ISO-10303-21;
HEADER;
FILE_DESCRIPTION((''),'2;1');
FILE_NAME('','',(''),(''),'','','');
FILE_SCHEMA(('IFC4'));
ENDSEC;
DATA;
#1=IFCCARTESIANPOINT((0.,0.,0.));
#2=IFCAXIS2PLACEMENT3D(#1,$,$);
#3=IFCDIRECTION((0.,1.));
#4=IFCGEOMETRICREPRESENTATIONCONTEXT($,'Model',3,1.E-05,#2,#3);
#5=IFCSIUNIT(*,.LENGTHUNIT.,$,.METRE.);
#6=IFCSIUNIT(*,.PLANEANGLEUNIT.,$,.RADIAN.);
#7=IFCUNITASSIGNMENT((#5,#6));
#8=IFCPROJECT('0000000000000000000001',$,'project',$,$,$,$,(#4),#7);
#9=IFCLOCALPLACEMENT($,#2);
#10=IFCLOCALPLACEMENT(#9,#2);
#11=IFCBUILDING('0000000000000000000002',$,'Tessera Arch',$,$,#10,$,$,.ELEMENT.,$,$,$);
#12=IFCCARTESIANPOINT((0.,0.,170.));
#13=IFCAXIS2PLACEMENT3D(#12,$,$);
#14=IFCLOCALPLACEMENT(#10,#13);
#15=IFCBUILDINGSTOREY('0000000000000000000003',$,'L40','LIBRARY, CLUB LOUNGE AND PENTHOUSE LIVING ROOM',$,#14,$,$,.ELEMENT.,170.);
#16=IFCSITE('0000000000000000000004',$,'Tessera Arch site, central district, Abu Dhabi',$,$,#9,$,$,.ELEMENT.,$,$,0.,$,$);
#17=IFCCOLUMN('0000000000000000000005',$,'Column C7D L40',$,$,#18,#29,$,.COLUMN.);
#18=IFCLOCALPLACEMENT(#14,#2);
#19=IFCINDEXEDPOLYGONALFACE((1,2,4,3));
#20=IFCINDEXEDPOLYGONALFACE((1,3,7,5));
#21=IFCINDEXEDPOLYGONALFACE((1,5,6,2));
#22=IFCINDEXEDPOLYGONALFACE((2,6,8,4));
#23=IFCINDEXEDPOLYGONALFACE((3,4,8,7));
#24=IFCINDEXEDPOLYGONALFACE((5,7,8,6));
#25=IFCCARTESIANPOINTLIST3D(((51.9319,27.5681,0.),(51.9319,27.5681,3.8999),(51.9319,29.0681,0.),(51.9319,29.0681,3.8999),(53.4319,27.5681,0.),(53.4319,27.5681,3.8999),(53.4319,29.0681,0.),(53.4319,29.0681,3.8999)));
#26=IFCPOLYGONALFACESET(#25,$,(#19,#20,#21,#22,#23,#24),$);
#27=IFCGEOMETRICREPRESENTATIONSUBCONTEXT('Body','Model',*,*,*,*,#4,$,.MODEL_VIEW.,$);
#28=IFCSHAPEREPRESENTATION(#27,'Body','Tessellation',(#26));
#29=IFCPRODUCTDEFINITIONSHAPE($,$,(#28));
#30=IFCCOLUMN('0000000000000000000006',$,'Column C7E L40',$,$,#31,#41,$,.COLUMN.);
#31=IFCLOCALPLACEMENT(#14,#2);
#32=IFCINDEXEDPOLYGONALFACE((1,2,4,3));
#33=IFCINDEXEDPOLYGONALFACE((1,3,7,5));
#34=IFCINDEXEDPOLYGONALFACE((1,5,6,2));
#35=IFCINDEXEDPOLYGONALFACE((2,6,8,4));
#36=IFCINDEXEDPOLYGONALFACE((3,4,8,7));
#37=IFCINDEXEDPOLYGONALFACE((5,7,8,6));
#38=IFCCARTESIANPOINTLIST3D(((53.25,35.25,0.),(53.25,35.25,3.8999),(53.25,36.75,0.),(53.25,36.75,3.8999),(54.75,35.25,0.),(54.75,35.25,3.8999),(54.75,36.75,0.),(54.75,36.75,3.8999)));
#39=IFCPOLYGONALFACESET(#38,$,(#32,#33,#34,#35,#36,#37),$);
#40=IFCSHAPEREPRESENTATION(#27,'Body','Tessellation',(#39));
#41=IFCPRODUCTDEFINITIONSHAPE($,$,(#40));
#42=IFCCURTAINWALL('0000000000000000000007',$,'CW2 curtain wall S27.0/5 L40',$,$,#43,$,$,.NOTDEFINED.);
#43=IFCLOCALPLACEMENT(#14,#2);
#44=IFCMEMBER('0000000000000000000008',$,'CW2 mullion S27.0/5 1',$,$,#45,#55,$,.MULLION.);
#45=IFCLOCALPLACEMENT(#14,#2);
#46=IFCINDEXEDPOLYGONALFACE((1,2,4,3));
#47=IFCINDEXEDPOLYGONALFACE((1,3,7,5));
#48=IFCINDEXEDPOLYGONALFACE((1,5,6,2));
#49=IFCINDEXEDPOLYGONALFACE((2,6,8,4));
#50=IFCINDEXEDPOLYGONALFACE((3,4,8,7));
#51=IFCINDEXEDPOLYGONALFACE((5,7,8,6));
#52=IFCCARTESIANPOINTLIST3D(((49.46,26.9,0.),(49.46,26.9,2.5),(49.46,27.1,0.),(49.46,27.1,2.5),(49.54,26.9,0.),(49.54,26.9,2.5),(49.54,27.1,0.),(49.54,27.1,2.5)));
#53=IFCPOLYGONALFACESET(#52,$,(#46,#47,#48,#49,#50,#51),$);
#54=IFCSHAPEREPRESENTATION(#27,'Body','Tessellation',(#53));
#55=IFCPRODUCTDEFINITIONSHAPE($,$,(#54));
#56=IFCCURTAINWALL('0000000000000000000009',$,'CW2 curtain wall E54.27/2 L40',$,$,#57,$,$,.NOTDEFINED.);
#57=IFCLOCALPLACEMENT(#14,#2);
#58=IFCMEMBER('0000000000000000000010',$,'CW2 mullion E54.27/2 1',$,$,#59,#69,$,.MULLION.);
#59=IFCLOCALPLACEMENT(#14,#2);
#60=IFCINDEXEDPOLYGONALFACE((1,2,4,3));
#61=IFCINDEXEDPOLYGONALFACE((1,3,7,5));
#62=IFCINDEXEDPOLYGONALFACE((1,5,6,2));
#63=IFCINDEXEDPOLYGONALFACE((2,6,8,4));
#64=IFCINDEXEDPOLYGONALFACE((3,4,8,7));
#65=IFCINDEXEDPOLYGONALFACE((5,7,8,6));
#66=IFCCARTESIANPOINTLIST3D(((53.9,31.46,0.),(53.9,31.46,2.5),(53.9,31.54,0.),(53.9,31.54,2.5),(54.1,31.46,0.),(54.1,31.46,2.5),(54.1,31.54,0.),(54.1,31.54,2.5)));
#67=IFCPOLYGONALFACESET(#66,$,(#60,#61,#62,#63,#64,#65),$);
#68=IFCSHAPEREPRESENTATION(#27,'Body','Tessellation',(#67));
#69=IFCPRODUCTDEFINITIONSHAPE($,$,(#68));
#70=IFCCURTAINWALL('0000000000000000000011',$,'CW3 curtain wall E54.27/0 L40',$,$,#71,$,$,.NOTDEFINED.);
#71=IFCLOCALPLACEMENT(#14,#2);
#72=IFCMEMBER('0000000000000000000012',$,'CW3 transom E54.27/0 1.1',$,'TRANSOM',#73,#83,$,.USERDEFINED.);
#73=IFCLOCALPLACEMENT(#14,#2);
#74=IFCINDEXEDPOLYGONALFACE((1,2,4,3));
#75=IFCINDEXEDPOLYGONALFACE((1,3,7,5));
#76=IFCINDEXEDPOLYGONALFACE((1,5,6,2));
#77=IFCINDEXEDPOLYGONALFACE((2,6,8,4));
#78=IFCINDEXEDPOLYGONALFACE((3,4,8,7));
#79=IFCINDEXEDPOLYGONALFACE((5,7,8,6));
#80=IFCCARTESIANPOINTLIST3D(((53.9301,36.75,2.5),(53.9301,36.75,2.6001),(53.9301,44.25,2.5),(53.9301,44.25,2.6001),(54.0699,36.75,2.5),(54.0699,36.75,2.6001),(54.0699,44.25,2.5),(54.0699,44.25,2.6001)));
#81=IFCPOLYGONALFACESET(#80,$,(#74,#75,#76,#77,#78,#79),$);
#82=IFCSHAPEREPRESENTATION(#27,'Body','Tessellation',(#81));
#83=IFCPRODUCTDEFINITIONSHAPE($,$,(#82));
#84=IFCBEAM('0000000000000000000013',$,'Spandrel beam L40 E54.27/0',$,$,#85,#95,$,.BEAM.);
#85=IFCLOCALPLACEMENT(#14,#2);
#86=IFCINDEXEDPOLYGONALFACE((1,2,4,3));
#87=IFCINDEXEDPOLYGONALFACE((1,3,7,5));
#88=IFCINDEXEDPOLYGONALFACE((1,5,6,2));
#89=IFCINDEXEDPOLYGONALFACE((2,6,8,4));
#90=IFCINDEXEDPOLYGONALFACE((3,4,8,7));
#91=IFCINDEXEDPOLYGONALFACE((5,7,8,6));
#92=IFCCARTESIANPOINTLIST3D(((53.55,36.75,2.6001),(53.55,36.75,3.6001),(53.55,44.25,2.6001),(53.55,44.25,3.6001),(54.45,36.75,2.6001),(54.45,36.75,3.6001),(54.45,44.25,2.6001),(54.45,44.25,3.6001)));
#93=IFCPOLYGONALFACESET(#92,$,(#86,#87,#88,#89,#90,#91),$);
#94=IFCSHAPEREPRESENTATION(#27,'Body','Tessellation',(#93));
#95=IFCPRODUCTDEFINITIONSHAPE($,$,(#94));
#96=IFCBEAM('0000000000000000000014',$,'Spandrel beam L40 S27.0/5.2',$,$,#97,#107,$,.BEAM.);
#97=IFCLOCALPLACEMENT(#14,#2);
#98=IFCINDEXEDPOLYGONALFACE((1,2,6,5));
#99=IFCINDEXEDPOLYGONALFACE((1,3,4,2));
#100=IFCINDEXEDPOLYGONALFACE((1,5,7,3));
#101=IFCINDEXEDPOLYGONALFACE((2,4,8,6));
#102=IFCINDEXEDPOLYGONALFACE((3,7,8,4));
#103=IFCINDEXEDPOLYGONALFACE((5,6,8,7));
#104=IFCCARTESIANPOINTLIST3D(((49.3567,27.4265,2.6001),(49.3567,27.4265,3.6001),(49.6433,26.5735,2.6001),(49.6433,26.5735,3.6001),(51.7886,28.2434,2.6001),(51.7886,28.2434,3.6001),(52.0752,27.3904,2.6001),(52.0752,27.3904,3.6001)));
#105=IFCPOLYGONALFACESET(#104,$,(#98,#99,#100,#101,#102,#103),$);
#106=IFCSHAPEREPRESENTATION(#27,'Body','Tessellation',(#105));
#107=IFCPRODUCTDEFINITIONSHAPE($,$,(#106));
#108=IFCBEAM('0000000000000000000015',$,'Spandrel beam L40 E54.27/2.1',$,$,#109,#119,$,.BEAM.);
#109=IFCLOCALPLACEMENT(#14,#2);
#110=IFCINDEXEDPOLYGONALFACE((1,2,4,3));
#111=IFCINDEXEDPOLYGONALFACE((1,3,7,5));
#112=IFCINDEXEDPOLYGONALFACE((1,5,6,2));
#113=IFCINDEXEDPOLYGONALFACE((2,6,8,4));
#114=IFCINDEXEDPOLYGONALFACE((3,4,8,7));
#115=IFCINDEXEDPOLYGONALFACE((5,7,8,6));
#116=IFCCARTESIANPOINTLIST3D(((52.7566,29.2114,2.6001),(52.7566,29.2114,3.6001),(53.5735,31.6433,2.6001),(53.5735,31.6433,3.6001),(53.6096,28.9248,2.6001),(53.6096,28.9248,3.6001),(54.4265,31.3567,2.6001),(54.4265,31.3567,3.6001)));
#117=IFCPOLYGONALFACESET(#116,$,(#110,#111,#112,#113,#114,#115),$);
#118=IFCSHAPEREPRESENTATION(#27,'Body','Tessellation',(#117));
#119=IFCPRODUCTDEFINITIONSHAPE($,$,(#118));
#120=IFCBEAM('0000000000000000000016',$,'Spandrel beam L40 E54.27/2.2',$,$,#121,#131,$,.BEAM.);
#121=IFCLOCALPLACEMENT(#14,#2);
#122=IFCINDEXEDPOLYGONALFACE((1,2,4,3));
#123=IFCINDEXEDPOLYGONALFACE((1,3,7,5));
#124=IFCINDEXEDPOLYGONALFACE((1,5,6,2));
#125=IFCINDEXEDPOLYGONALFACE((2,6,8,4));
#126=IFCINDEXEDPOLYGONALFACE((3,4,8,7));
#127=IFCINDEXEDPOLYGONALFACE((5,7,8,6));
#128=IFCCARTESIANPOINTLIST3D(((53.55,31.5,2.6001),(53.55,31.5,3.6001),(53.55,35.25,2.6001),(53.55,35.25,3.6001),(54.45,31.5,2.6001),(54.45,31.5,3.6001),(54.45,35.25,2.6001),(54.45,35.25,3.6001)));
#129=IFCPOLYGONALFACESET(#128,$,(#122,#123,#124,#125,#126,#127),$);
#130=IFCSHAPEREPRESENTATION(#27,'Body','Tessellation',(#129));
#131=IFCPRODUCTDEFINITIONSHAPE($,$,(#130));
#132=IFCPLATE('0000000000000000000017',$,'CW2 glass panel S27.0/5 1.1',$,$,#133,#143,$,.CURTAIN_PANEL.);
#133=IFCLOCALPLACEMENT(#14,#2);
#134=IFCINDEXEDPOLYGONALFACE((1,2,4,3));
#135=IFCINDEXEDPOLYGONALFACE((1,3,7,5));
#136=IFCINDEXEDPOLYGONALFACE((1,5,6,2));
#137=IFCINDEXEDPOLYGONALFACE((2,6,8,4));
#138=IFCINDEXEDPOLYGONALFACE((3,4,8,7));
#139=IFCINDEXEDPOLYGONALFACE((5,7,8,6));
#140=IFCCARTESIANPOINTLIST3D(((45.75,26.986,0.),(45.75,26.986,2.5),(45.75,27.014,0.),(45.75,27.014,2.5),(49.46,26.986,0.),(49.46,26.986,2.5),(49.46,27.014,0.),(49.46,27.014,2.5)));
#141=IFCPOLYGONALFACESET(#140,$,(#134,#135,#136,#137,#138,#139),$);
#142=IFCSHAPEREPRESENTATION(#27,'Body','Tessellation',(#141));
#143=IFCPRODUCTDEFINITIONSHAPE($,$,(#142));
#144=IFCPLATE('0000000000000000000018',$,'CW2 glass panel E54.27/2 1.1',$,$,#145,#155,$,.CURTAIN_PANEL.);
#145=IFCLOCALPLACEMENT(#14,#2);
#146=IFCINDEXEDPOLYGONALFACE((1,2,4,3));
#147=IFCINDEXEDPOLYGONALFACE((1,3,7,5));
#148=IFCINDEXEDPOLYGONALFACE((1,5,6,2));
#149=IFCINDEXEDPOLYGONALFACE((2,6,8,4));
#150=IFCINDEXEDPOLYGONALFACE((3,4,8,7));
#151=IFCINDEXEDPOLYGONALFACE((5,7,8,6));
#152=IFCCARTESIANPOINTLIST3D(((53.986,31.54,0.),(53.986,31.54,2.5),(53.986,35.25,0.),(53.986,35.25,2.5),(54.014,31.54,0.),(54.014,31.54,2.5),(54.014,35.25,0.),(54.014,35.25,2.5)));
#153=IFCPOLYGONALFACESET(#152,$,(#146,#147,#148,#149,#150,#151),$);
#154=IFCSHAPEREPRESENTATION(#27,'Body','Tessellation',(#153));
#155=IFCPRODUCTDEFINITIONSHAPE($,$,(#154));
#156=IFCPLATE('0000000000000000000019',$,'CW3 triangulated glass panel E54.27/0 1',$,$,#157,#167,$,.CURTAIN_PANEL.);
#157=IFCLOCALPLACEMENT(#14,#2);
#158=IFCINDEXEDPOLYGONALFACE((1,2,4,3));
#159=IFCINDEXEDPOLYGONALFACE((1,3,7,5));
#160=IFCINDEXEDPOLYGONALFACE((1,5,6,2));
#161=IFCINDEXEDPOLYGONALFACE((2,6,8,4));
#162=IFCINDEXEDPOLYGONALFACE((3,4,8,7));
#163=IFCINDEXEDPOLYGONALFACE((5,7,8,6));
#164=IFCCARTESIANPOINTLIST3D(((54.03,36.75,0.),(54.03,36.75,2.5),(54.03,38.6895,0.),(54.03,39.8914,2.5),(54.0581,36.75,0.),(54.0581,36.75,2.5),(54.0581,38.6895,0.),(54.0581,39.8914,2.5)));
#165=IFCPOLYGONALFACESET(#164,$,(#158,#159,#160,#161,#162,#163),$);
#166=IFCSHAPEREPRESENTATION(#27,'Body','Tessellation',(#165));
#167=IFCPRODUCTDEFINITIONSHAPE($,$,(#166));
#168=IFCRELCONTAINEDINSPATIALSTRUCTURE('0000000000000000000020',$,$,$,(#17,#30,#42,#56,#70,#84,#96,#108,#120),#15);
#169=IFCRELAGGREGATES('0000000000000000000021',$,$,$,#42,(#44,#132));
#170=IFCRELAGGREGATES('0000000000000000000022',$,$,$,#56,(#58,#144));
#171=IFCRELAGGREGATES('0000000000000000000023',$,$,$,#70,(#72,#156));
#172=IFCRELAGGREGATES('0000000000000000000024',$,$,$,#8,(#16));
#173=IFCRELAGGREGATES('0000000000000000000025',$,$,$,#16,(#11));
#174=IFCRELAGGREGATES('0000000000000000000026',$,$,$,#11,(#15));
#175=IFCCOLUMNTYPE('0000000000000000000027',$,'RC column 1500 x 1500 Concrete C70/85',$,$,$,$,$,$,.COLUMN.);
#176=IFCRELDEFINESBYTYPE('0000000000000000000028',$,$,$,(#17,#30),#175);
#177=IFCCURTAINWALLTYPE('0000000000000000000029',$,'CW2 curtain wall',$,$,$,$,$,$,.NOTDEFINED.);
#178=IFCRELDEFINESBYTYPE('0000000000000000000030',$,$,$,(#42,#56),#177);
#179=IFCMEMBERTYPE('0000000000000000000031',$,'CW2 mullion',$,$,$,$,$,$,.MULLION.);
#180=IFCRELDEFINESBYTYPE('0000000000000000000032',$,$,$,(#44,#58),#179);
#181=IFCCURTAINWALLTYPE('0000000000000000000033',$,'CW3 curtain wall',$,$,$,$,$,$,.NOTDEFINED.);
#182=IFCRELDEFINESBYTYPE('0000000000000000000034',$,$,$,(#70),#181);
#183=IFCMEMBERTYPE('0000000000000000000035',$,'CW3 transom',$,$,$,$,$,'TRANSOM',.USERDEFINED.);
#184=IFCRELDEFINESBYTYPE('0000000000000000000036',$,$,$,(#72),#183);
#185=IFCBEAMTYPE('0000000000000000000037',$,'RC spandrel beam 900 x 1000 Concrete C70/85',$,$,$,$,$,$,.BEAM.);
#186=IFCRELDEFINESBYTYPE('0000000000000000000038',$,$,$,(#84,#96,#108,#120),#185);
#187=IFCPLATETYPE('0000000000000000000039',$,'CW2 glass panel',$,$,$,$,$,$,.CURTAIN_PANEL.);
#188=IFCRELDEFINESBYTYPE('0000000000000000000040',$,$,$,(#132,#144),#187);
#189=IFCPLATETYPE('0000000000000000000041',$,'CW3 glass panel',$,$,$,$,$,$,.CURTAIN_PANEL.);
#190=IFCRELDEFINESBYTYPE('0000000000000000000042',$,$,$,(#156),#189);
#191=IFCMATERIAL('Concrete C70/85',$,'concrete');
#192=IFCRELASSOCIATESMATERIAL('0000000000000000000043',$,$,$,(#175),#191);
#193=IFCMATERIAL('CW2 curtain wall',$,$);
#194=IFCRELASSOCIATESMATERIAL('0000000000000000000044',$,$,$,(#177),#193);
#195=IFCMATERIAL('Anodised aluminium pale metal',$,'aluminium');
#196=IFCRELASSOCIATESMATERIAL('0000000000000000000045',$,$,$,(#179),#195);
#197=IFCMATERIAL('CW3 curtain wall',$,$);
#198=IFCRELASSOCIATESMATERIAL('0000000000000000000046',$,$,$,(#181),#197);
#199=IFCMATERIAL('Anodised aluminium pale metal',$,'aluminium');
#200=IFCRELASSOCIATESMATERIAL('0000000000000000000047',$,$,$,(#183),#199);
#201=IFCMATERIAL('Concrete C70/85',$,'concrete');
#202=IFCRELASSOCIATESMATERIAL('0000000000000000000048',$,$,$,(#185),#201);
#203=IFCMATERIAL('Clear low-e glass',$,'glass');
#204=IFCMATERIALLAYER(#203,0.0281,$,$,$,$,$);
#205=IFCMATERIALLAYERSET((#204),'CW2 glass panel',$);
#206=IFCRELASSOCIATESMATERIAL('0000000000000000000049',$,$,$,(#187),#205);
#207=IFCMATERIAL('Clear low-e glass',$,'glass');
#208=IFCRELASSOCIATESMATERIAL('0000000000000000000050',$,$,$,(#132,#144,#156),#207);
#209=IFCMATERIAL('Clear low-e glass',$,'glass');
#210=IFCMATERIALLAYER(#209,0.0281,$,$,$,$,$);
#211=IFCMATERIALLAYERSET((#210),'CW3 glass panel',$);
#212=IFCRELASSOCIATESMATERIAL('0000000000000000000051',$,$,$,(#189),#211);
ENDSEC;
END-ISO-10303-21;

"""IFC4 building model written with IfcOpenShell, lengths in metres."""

from ifc_helpers import new_model, si_unit, direction, frame, origin, origin_2d, place, context, subcontext, project, spatial, polyline, rectangle, outline, extrude, material, layer, layer_set, material_profile, profile_set, type_object, element, aggregate, save


model = new_model("IFC4")

# Units and contexts
model_context = context("Model", 3, precision=1e-05, world=origin(), true_north=direction((0.0, 1.0)))
body_context = subcontext(model_context, "Body", "Model", "MODEL_VIEW")
ifc_project = project(units=[si_unit("LENGTHUNIT", "METRE"), si_unit("PLANEANGLEUNIT", "RADIAN")], contexts=[model_context])

# Site, building, storey
site_placement = place(None, origin())
site = spatial("IfcSite", under=ifc_project, at=site_placement, Name="Tessera Arch site, central district, Abu Dhabi", CompositionType="ELEMENT", RefElevation=0.0)
building_placement = place(site_placement, origin())
building = spatial("IfcBuilding", under=site, at=building_placement, Name="Tessera Arch", CompositionType="ELEMENT")
storey_placement = place(building_placement, frame((0.0, 0.0, 170.0)))
storey = spatial("IfcBuildingStorey", under=building, at=storey_placement, Name="L40", Description="LIBRARY, CLUB LOUNGE AND PENTHOUSE LIVING ROOM", CompositionType="ELEMENT", Elevation=170.0)

# Columns
ifc_material_1 = material(Name="Concrete C70/85", Category="concrete")
ifc_material_profile_1 = material_profile(ifc_material_1, rectangle(XDim=1.5, YDim=1.5, at=origin_2d()), Name="RC column 1500 x 1500 Concrete C70/85")
ifc_profile_set_1 = profile_set([ifc_material_profile_1], Name="Concrete C70/85")
column_type = type_object("IfcColumnType", Name="RC column 1500 x 1500 Concrete C70/85", PredefinedType="COLUMN", material=ifc_profile_set_1)
for number, where, z_axis, x_axis, name in (
    (1, (52.6819, 28.3181, 0.0), (0.0, 0.0, 1.0), (1.0, 0.0, 0.0), "Column C7D L40"),
    (2, (54.0, 36.0, 0.0), (0.0, 0.0, 1.0), (1.0, 0.0, 0.0), "Column C7E L40"),
):
    element("IfcColumn", number, at=place(storey_placement, frame(where, z_axis=z_axis, x_axis=x_axis)), inside=storey, type_object=column_type, Name=name, PredefinedType="COLUMN", context=body_context, shape_type="SweptSolid", body=[
        extrude(rectangle(XDim=1.5, YDim=1.5, at=origin_2d()), origin(), (0.0, 0.0, 1.0), 3.8999),
    ])

# Curtain walls, members
ifc_material_2 = material(Name="CW2 curtain wall")
curtain_wall_type_1 = type_object("IfcCurtainWallType", Name="CW2 curtain wall", PredefinedType="NOTDEFINED", material=ifc_material_2)
curtain_wall_1_placement = place(storey_placement, origin())
curtain_wall_1 = element("IfcCurtainWall", 3, at=curtain_wall_1_placement, inside=storey, type_object=curtain_wall_type_1, Name="CW2 curtain wall S27.0/5 L40", PredefinedType="NOTDEFINED")
ifc_material_3 = material(Name="Anodised aluminium pale metal", Category="aluminium")
ifc_material_profile_2 = material_profile(ifc_material_3, rectangle(XDim=0.2, YDim=0.0801, at=origin_2d()), Name="AL 80x200")
ifc_profile_set_2 = profile_set([ifc_material_profile_2], Name="Anodised aluminium pale metal")
member_type_1 = type_object("IfcMemberType", Name="CW2 mullion", PredefinedType="MULLION", material=ifc_profile_set_2)
member_1_placement = place(storey_placement, frame((49.5, 27.0, 0.0), z_axis=(0.0, 0.0, 1.0), x_axis=(0.0, 1.0, 0.0)))
member_1 = element("IfcMember", 4, at=member_1_placement, type_object=member_type_1, Name="CW2 mullion S27.0/5 1", PredefinedType="MULLION", context=body_context, shape_type="SweptSolid", body=[
    extrude(rectangle(XDim=0.2, YDim=0.0801, at=origin_2d()), origin(), (0.0, 0.0, 1.0), 2.5),
])
curtain_wall_2_placement = place(storey_placement, origin())
curtain_wall_2 = element("IfcCurtainWall", 5, at=curtain_wall_2_placement, inside=storey, type_object=curtain_wall_type_1, Name="CW2 curtain wall E54.27/2 L40", PredefinedType="NOTDEFINED")
member_2_placement = place(storey_placement, frame((54.0, 31.5, 0.0), z_axis=(0.0, 0.0, 1.0), x_axis=(-1.0, 0.0, 0.0)))
member_2 = element("IfcMember", 6, at=member_2_placement, type_object=member_type_1, Name="CW2 mullion E54.27/2 1", PredefinedType="MULLION", context=body_context, shape_type="SweptSolid", body=[
    extrude(rectangle(XDim=0.2, YDim=0.0801, at=origin_2d()), origin(), (0.0, 0.0, 1.0), 2.5),
])
ifc_material_4 = material(Name="CW3 curtain wall")
curtain_wall_type_2 = type_object("IfcCurtainWallType", Name="CW3 curtain wall", PredefinedType="NOTDEFINED", material=ifc_material_4)
curtain_wall_3_placement = place(storey_placement, origin())
curtain_wall_3 = element("IfcCurtainWall", 7, at=curtain_wall_3_placement, inside=storey, type_object=curtain_wall_type_2, Name="CW3 curtain wall E54.27/0 L40", PredefinedType="NOTDEFINED")
ifc_material_5 = material(Name="Anodised aluminium pale metal", Category="aluminium")
ifc_material_profile_3 = material_profile(ifc_material_5, rectangle(XDim=0.1399, YDim=0.1001, at=origin_2d()), Name="AL 140x100")
ifc_profile_set_3 = profile_set([ifc_material_profile_3], Name="Anodised aluminium pale metal")
member_type_2 = type_object("IfcMemberType", Name="CW3 transom", ElementType="TRANSOM", PredefinedType="USERDEFINED", material=ifc_profile_set_3)
member_3_placement = place(storey_placement, frame((54.0, 36.75, 2.55), z_axis=(0.0, 1.0, 0.0), x_axis=(-1.0, 0.0, 0.0)))
member_3 = element("IfcMember", 8, at=member_3_placement, type_object=member_type_2, Name="CW3 transom E54.27/0 1.1", ObjectType="TRANSOM", PredefinedType="USERDEFINED", context=body_context, shape_type="SweptSolid", body=[
    extrude(rectangle(XDim=0.1399, YDim=0.1001, at=origin_2d()), origin(), (0.0, 0.0, 1.0), 7.5),
])

# Beams
ifc_material_6 = material(Name="Concrete C70/85", Category="concrete")
ifc_material_profile_4 = material_profile(ifc_material_6, rectangle(XDim=0.8999, YDim=1.0, at=origin_2d()), Name="RC spandrel beam 900 x 1000 Concrete C70/85")
ifc_profile_set_4 = profile_set([ifc_material_profile_4], Name="Concrete C70/85")
beam_type = type_object("IfcBeamType", Name="RC spandrel beam 900 x 1000 Concrete C70/85", PredefinedType="BEAM", material=ifc_profile_set_4)
beam_1_placement = place(storey_placement, frame((54.0, 36.75, 3.1001), z_axis=(0.0, 1.0, 0.0), x_axis=(-1.0, 0.0, 0.0)))
element("IfcBeam", 9, at=beam_1_placement, inside=storey, type_object=beam_type, Name="Spandrel beam L40 E54.27/0", PredefinedType="BEAM", context=body_context, shape_type="SweptSolid", body=[
    extrude(rectangle(XDim=0.8999, YDim=1.0, at=origin_2d()), origin(), (0.0, 0.0, 1.0), 7.5),
])
for number, where, z_axis, x_axis, name in (
    (10, (49.5, 27.0, 3.1001), (0.947948, 0.318425, 0.0), (-0.318425, 0.947948, 0.0), "Spandrel beam L40 S27.0/5.2"),
    (11, (53.1831, 29.0681, 3.1001), (0.318425, 0.947948, 0.0), (-0.947948, 0.318425, 0.0), "Spandrel beam L40 E54.27/2.1"),
):
    element("IfcBeam", number, at=place(storey_placement, frame(where, z_axis=z_axis, x_axis=x_axis)), inside=storey, type_object=beam_type, Name=name, PredefinedType="BEAM", context=body_context, shape_type="SweptSolid", body=[
        extrude(rectangle(XDim=0.8999, YDim=1.0, at=origin_2d()), origin(), (0.0, 0.0, 1.0), 2.5654),
    ])
beam_2_placement = place(storey_placement, frame((54.0, 31.5, 3.1001), z_axis=(0.0, 1.0, 0.0), x_axis=(-1.0, 0.0, 0.0)))
element("IfcBeam", 12, at=beam_2_placement, inside=storey, type_object=beam_type, Name="Spandrel beam L40 E54.27/2.2", PredefinedType="BEAM", context=body_context, shape_type="SweptSolid", body=[
    extrude(rectangle(XDim=0.8999, YDim=1.0, at=origin_2d()), origin(), (0.0, 0.0, 1.0), 3.75),
])

# Plates
ifc_material_7 = material(Name="Clear low-e glass", Category="glass")
ifc_material_8 = material(Name="Clear low-e glass", Category="glass")
ifc_layer_1 = layer(ifc_material_8, 0.0281)
ifc_layer_set_1 = layer_set([ifc_layer_1], Name="CW2 glass panel")
plate_type_1 = type_object("IfcPlateType", Name="CW2 glass panel", PredefinedType="CURTAIN_PANEL", material=ifc_layer_set_1)
plate_1_placement = place(storey_placement, frame((47.605, 27.0, 0.0), z_axis=(0.0, 0.0, 1.0), x_axis=(1.0, 0.0, 0.0)))
plate_1 = element("IfcPlate", 13, at=plate_1_placement, type_object=plate_type_1, material=ifc_material_7, Name="CW2 glass panel S27.0/5 1.1", PredefinedType="CURTAIN_PANEL", context=body_context, shape_type="SweptSolid", body=[
    extrude(rectangle(XDim=3.71, YDim=0.0281, at=origin_2d()), origin(), (0.0, 0.0, 1.0), 2.5),
])
aggregate(curtain_wall_1, [member_1, plate_1])
plate_2_placement = place(storey_placement, frame((54.0, 33.395, 0.0), z_axis=(0.0, 0.0, 1.0), x_axis=(0.0, 1.0, 0.0)))
plate_2 = element("IfcPlate", 14, at=plate_2_placement, type_object=plate_type_1, material=ifc_material_7, Name="CW2 glass panel E54.27/2 1.1", PredefinedType="CURTAIN_PANEL", context=body_context, shape_type="SweptSolid", body=[
    extrude(rectangle(XDim=3.71, YDim=0.0281, at=origin_2d()), origin(), (0.0, 0.0, 1.0), 2.5),
])
aggregate(curtain_wall_2, [member_2, plate_2])
ifc_material_9 = material(Name="Clear low-e glass", Category="glass")
ifc_layer_2 = layer(ifc_material_9, 0.0281)
ifc_layer_set_2 = layer_set([ifc_layer_2], Name="CW3 glass panel")
plate_type_2 = type_object("IfcPlateType", Name="CW3 glass panel", PredefinedType="CURTAIN_PANEL", material=ifc_layer_set_2)
plate_3_placement = place(storey_placement, frame((54.0581, 36.75, 0.0), z_axis=(1.0, 0.0, 0.0), x_axis=(0.0, 1.0, 0.0)))
plate_3 = element("IfcPlate", 15, at=plate_3_placement, type_object=plate_type_2, material=ifc_material_7, Name="CW3 triangulated glass panel E54.27/0 1", PredefinedType="CURTAIN_PANEL", context=body_context, shape_type="SweptSolid", body=[
    extrude(outline(polyline([(0.0, 0.0), (1.9395, 0.0), (3.1414, 2.5), (0.0, 2.5), (0.0, 0.0)])), origin(), (0.0, 0.0, -1.0), 0.0281),
])
aggregate(curtain_wall_3, [member_3, plate_3])

save(model, "model.ifc")
